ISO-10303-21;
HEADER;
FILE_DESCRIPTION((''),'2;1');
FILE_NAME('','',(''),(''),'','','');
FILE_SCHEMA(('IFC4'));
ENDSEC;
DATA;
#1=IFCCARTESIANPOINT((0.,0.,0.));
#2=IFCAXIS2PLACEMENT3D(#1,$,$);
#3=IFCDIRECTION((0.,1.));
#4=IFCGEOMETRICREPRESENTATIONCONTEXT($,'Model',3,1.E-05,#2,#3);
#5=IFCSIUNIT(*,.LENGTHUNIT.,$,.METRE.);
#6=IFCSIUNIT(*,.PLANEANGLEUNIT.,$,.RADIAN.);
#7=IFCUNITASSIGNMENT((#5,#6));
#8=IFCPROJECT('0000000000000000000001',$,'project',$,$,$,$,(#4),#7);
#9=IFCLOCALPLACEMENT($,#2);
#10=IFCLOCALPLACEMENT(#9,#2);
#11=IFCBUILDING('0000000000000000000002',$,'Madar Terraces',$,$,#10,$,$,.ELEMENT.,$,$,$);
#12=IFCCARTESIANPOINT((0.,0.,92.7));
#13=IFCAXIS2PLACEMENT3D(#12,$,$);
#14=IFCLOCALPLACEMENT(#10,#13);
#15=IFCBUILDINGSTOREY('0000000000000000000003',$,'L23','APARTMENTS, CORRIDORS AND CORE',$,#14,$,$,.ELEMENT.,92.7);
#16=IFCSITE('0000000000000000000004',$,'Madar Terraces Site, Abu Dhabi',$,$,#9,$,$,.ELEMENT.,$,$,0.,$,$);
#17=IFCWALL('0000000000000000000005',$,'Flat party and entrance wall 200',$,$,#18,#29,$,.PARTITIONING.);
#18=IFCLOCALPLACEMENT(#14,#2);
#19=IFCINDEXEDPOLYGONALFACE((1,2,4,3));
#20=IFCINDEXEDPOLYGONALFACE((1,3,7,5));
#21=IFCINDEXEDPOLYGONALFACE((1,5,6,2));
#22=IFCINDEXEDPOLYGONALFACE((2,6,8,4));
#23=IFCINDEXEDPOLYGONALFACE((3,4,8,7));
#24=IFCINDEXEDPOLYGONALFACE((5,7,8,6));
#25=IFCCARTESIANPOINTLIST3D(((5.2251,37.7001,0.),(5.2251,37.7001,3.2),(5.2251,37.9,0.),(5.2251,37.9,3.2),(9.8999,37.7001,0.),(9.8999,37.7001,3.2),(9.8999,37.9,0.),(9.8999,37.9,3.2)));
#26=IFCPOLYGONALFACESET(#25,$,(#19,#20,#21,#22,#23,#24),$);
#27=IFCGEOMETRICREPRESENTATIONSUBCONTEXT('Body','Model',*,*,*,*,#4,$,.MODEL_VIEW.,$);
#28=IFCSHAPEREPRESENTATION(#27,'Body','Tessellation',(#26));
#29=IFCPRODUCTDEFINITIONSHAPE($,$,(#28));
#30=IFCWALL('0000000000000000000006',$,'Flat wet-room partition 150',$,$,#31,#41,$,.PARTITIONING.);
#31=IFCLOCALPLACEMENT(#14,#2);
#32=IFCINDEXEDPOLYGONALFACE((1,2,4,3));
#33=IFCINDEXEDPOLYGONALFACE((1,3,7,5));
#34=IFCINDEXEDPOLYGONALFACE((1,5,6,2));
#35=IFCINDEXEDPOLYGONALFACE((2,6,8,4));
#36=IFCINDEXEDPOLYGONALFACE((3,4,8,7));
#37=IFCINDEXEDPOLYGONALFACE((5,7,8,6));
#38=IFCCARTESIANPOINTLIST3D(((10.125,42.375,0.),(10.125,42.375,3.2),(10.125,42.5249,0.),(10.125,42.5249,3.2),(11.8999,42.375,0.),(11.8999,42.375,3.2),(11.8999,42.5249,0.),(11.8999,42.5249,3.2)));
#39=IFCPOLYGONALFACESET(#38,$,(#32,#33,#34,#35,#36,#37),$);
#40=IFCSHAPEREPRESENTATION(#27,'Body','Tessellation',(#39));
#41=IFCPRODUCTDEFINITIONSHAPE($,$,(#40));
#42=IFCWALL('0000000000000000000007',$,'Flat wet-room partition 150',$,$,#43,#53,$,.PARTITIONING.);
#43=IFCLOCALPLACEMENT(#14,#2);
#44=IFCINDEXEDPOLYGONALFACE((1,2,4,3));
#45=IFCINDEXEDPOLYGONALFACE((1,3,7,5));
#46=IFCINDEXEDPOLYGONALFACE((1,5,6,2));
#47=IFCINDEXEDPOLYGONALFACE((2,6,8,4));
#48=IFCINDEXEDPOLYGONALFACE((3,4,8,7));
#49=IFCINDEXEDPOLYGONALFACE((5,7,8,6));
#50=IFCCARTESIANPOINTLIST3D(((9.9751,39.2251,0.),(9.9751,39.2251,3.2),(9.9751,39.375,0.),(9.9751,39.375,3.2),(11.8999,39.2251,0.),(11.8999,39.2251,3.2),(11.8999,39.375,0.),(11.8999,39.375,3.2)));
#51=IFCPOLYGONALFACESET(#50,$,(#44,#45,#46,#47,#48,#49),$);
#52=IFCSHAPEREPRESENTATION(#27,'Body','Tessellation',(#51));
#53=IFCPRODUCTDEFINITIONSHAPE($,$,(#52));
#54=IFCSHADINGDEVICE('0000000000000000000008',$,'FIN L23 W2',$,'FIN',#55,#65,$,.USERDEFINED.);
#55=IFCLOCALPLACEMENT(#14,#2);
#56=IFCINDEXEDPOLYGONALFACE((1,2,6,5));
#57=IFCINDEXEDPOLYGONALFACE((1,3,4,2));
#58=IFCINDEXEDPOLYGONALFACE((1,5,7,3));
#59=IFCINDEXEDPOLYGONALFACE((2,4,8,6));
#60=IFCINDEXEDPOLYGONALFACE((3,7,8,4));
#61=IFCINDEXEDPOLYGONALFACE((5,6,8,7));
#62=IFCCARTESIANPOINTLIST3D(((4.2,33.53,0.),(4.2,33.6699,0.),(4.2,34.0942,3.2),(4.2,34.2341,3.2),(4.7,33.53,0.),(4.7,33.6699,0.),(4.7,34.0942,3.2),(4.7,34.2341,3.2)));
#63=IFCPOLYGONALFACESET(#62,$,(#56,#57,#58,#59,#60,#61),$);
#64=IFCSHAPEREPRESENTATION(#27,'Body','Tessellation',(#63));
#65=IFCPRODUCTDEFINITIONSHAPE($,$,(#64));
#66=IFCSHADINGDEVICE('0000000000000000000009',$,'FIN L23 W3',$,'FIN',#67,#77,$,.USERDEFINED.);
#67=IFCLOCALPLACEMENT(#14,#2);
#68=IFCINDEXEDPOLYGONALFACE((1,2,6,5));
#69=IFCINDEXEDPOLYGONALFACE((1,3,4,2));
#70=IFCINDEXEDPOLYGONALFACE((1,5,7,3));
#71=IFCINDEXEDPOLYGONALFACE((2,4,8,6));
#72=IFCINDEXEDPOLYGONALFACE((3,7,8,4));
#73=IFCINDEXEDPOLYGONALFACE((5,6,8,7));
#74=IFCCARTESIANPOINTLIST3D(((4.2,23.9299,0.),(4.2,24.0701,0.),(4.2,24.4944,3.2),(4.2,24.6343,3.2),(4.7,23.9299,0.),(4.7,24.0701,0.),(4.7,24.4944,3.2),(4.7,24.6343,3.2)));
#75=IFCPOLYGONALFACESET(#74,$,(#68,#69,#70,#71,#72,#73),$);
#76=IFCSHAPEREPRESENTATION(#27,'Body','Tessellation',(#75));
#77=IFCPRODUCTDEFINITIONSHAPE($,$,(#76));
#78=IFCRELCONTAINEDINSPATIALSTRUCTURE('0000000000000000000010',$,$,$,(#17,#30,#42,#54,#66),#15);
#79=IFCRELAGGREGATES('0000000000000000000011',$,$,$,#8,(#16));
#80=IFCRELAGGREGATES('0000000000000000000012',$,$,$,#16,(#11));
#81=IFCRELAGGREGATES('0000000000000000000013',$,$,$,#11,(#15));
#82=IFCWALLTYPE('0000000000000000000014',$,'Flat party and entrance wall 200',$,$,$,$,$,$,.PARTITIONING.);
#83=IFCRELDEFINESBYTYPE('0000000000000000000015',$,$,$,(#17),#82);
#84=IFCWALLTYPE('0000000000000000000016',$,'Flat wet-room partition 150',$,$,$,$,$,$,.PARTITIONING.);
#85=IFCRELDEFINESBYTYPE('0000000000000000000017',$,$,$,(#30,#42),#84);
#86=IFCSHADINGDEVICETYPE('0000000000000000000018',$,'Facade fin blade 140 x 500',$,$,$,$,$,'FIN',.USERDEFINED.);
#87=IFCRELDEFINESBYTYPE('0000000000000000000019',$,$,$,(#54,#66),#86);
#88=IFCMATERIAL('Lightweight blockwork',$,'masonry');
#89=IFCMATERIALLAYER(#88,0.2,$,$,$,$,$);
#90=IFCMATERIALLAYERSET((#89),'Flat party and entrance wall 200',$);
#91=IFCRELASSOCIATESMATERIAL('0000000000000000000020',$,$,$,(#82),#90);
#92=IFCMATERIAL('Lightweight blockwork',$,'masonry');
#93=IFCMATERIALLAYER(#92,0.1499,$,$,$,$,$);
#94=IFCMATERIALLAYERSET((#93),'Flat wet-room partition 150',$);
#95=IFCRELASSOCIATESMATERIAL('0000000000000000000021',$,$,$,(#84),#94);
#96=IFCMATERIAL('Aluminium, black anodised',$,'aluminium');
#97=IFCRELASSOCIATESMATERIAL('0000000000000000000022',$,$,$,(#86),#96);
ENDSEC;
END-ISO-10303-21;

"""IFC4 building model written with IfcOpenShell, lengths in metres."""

from ifc_helpers import new_model, si_unit, direction, frame, frame_2d, origin, place, context, subcontext, project, spatial, polyline, rectangle, outline, extrude, material, layer, layer_set, type_object, element, save


model = new_model("IFC4")

# Units and contexts
model_context = context("Model", 3, precision=1e-05, world=origin(), true_north=direction((0.0, 1.0)))
body_context = subcontext(model_context, "Body", "Model", "MODEL_VIEW")
ifc_project = project(units=[si_unit("LENGTHUNIT", "METRE"), si_unit("PLANEANGLEUNIT", "RADIAN")], contexts=[model_context])

# Site, building, storey
site_placement = place(None, origin())
site = spatial("IfcSite", under=ifc_project, at=site_placement, Name="Madar Terraces Site, Abu Dhabi", CompositionType="ELEMENT", RefElevation=0.0)
building_placement = place(site_placement, origin())
building = spatial("IfcBuilding", under=site, at=building_placement, Name="Madar Terraces", CompositionType="ELEMENT")
storey_placement = place(building_placement, frame((0.0, 0.0, 92.7)))
storey = spatial("IfcBuildingStorey", under=building, at=storey_placement, Name="L23", Description="APARTMENTS, CORRIDORS AND CORE", CompositionType="ELEMENT", Elevation=92.7)

# Shared definitions
ifc_material_1 = material(Name="Lightweight blockwork", Category="masonry")
ifc_layer_1 = layer(ifc_material_1, 0.2)
ifc_layer_set_1 = layer_set([ifc_layer_1], Name="Flat party and entrance wall 200")
wall_type_1 = type_object("IfcWallType", Name="Flat party and entrance wall 200", PredefinedType="PARTITIONING", material=ifc_layer_set_1)

# Walls
wall_1_placement = place(storey_placement, frame((5.2251, 37.8, 0.0), z_axis=(0.0, 0.0, 1.0), x_axis=(1.0, 0.0, 0.0)))
element("IfcWall", 1, at=wall_1_placement, inside=storey, type_object=wall_type_1, Name="Flat party and entrance wall 200", PredefinedType="PARTITIONING", context=body_context, shape_type="SweptSolid", body=[
    extrude(rectangle(XDim=4.6748, YDim=0.2, at=frame_2d((2.3374, 0.0))), origin(), (0.0, 0.0, 1.0), 3.2),
])
ifc_material_2 = material(Name="Lightweight blockwork", Category="masonry")
ifc_layer_2 = layer(ifc_material_2, 0.1499)
ifc_layer_set_2 = layer_set([ifc_layer_2], Name="Flat wet-room partition 150")
wall_type_2 = type_object("IfcWallType", Name="Flat wet-room partition 150", PredefinedType="PARTITIONING", material=ifc_layer_set_2)
wall_2_placement = place(storey_placement, frame((11.8999, 42.45, 0.0), z_axis=(0.0, 0.0, 1.0), x_axis=(-1.0, 0.0, 0.0)))
element("IfcWall", 2, at=wall_2_placement, inside=storey, type_object=wall_type_2, Name="Flat wet-room partition 150", PredefinedType="PARTITIONING", context=body_context, shape_type="SweptSolid", body=[
    extrude(rectangle(XDim=1.7749, YDim=0.1499, at=frame_2d((0.8875, 0.0))), origin(), (0.0, 0.0, 1.0), 3.2),
])
wall_3_placement = place(storey_placement, frame((11.8999, 39.3, 0.0), z_axis=(0.0, 0.0, 1.0), x_axis=(-1.0, 0.0, 0.0)))
element("IfcWall", 3, at=wall_3_placement, inside=storey, type_object=wall_type_2, Name="Flat wet-room partition 150", PredefinedType="PARTITIONING", context=body_context, shape_type="SweptSolid", body=[
    extrude(rectangle(XDim=1.9248, YDim=0.1499, at=frame_2d((0.9624, 0.0))), origin(), (0.0, 0.0, 1.0), 3.2),
])

# Shading devices
ifc_material_3 = material(Name="Aluminium, black anodised", Category="aluminium")
shading_device_type = type_object("IfcShadingDeviceType", Name="Facade fin blade 140 x 500", ElementType="FIN", PredefinedType="USERDEFINED", material=ifc_material_3)
shading_device_1_placement = place(storey_placement, frame((4.45, 33.6699, 0.0), z_axis=(0.0, 0.0, 1.0), x_axis=(0.0, -1.0, 0.0)))
element("IfcShadingDevice", 4, at=shading_device_1_placement, inside=storey, type_object=shading_device_type, Name="FIN L23 W2", ObjectType="FIN", PredefinedType="USERDEFINED", context=body_context, shape_type="SweptSolid", body=[
    extrude(outline(polyline([(0.0, 0.0), (0.1399, 0.0), (-0.4243, 3.2), (-0.5642, 3.2), (0.0, 0.0)])), frame((0.0, 0.25, 0.0), z_axis=(0.0, -1.0, 0.0), x_axis=(1.0, 0.0, 0.0)), (0.0, 0.0, 1.0), 0.5),
])
shading_device_2_placement = place(storey_placement, frame((4.45, 24.0701, 0.0), z_axis=(0.0, 0.0, 1.0), x_axis=(0.0, -1.0, 0.0)))
element("IfcShadingDevice", 5, at=shading_device_2_placement, inside=storey, type_object=shading_device_type, Name="FIN L23 W3", ObjectType="FIN", PredefinedType="USERDEFINED", context=body_context, shape_type="SweptSolid", body=[
    extrude(outline(polyline([(0.0, 0.0), (0.1401, 0.0), (-0.4243, 3.2), (-0.5642, 3.2), (0.0, 0.0)])), frame((0.0, 0.25, 0.0), z_axis=(0.0, -1.0, 0.0), x_axis=(1.0, 0.0, 0.0)), (0.0, 0.0, 1.0), 0.5),
])

save(model, "model.ifc")
